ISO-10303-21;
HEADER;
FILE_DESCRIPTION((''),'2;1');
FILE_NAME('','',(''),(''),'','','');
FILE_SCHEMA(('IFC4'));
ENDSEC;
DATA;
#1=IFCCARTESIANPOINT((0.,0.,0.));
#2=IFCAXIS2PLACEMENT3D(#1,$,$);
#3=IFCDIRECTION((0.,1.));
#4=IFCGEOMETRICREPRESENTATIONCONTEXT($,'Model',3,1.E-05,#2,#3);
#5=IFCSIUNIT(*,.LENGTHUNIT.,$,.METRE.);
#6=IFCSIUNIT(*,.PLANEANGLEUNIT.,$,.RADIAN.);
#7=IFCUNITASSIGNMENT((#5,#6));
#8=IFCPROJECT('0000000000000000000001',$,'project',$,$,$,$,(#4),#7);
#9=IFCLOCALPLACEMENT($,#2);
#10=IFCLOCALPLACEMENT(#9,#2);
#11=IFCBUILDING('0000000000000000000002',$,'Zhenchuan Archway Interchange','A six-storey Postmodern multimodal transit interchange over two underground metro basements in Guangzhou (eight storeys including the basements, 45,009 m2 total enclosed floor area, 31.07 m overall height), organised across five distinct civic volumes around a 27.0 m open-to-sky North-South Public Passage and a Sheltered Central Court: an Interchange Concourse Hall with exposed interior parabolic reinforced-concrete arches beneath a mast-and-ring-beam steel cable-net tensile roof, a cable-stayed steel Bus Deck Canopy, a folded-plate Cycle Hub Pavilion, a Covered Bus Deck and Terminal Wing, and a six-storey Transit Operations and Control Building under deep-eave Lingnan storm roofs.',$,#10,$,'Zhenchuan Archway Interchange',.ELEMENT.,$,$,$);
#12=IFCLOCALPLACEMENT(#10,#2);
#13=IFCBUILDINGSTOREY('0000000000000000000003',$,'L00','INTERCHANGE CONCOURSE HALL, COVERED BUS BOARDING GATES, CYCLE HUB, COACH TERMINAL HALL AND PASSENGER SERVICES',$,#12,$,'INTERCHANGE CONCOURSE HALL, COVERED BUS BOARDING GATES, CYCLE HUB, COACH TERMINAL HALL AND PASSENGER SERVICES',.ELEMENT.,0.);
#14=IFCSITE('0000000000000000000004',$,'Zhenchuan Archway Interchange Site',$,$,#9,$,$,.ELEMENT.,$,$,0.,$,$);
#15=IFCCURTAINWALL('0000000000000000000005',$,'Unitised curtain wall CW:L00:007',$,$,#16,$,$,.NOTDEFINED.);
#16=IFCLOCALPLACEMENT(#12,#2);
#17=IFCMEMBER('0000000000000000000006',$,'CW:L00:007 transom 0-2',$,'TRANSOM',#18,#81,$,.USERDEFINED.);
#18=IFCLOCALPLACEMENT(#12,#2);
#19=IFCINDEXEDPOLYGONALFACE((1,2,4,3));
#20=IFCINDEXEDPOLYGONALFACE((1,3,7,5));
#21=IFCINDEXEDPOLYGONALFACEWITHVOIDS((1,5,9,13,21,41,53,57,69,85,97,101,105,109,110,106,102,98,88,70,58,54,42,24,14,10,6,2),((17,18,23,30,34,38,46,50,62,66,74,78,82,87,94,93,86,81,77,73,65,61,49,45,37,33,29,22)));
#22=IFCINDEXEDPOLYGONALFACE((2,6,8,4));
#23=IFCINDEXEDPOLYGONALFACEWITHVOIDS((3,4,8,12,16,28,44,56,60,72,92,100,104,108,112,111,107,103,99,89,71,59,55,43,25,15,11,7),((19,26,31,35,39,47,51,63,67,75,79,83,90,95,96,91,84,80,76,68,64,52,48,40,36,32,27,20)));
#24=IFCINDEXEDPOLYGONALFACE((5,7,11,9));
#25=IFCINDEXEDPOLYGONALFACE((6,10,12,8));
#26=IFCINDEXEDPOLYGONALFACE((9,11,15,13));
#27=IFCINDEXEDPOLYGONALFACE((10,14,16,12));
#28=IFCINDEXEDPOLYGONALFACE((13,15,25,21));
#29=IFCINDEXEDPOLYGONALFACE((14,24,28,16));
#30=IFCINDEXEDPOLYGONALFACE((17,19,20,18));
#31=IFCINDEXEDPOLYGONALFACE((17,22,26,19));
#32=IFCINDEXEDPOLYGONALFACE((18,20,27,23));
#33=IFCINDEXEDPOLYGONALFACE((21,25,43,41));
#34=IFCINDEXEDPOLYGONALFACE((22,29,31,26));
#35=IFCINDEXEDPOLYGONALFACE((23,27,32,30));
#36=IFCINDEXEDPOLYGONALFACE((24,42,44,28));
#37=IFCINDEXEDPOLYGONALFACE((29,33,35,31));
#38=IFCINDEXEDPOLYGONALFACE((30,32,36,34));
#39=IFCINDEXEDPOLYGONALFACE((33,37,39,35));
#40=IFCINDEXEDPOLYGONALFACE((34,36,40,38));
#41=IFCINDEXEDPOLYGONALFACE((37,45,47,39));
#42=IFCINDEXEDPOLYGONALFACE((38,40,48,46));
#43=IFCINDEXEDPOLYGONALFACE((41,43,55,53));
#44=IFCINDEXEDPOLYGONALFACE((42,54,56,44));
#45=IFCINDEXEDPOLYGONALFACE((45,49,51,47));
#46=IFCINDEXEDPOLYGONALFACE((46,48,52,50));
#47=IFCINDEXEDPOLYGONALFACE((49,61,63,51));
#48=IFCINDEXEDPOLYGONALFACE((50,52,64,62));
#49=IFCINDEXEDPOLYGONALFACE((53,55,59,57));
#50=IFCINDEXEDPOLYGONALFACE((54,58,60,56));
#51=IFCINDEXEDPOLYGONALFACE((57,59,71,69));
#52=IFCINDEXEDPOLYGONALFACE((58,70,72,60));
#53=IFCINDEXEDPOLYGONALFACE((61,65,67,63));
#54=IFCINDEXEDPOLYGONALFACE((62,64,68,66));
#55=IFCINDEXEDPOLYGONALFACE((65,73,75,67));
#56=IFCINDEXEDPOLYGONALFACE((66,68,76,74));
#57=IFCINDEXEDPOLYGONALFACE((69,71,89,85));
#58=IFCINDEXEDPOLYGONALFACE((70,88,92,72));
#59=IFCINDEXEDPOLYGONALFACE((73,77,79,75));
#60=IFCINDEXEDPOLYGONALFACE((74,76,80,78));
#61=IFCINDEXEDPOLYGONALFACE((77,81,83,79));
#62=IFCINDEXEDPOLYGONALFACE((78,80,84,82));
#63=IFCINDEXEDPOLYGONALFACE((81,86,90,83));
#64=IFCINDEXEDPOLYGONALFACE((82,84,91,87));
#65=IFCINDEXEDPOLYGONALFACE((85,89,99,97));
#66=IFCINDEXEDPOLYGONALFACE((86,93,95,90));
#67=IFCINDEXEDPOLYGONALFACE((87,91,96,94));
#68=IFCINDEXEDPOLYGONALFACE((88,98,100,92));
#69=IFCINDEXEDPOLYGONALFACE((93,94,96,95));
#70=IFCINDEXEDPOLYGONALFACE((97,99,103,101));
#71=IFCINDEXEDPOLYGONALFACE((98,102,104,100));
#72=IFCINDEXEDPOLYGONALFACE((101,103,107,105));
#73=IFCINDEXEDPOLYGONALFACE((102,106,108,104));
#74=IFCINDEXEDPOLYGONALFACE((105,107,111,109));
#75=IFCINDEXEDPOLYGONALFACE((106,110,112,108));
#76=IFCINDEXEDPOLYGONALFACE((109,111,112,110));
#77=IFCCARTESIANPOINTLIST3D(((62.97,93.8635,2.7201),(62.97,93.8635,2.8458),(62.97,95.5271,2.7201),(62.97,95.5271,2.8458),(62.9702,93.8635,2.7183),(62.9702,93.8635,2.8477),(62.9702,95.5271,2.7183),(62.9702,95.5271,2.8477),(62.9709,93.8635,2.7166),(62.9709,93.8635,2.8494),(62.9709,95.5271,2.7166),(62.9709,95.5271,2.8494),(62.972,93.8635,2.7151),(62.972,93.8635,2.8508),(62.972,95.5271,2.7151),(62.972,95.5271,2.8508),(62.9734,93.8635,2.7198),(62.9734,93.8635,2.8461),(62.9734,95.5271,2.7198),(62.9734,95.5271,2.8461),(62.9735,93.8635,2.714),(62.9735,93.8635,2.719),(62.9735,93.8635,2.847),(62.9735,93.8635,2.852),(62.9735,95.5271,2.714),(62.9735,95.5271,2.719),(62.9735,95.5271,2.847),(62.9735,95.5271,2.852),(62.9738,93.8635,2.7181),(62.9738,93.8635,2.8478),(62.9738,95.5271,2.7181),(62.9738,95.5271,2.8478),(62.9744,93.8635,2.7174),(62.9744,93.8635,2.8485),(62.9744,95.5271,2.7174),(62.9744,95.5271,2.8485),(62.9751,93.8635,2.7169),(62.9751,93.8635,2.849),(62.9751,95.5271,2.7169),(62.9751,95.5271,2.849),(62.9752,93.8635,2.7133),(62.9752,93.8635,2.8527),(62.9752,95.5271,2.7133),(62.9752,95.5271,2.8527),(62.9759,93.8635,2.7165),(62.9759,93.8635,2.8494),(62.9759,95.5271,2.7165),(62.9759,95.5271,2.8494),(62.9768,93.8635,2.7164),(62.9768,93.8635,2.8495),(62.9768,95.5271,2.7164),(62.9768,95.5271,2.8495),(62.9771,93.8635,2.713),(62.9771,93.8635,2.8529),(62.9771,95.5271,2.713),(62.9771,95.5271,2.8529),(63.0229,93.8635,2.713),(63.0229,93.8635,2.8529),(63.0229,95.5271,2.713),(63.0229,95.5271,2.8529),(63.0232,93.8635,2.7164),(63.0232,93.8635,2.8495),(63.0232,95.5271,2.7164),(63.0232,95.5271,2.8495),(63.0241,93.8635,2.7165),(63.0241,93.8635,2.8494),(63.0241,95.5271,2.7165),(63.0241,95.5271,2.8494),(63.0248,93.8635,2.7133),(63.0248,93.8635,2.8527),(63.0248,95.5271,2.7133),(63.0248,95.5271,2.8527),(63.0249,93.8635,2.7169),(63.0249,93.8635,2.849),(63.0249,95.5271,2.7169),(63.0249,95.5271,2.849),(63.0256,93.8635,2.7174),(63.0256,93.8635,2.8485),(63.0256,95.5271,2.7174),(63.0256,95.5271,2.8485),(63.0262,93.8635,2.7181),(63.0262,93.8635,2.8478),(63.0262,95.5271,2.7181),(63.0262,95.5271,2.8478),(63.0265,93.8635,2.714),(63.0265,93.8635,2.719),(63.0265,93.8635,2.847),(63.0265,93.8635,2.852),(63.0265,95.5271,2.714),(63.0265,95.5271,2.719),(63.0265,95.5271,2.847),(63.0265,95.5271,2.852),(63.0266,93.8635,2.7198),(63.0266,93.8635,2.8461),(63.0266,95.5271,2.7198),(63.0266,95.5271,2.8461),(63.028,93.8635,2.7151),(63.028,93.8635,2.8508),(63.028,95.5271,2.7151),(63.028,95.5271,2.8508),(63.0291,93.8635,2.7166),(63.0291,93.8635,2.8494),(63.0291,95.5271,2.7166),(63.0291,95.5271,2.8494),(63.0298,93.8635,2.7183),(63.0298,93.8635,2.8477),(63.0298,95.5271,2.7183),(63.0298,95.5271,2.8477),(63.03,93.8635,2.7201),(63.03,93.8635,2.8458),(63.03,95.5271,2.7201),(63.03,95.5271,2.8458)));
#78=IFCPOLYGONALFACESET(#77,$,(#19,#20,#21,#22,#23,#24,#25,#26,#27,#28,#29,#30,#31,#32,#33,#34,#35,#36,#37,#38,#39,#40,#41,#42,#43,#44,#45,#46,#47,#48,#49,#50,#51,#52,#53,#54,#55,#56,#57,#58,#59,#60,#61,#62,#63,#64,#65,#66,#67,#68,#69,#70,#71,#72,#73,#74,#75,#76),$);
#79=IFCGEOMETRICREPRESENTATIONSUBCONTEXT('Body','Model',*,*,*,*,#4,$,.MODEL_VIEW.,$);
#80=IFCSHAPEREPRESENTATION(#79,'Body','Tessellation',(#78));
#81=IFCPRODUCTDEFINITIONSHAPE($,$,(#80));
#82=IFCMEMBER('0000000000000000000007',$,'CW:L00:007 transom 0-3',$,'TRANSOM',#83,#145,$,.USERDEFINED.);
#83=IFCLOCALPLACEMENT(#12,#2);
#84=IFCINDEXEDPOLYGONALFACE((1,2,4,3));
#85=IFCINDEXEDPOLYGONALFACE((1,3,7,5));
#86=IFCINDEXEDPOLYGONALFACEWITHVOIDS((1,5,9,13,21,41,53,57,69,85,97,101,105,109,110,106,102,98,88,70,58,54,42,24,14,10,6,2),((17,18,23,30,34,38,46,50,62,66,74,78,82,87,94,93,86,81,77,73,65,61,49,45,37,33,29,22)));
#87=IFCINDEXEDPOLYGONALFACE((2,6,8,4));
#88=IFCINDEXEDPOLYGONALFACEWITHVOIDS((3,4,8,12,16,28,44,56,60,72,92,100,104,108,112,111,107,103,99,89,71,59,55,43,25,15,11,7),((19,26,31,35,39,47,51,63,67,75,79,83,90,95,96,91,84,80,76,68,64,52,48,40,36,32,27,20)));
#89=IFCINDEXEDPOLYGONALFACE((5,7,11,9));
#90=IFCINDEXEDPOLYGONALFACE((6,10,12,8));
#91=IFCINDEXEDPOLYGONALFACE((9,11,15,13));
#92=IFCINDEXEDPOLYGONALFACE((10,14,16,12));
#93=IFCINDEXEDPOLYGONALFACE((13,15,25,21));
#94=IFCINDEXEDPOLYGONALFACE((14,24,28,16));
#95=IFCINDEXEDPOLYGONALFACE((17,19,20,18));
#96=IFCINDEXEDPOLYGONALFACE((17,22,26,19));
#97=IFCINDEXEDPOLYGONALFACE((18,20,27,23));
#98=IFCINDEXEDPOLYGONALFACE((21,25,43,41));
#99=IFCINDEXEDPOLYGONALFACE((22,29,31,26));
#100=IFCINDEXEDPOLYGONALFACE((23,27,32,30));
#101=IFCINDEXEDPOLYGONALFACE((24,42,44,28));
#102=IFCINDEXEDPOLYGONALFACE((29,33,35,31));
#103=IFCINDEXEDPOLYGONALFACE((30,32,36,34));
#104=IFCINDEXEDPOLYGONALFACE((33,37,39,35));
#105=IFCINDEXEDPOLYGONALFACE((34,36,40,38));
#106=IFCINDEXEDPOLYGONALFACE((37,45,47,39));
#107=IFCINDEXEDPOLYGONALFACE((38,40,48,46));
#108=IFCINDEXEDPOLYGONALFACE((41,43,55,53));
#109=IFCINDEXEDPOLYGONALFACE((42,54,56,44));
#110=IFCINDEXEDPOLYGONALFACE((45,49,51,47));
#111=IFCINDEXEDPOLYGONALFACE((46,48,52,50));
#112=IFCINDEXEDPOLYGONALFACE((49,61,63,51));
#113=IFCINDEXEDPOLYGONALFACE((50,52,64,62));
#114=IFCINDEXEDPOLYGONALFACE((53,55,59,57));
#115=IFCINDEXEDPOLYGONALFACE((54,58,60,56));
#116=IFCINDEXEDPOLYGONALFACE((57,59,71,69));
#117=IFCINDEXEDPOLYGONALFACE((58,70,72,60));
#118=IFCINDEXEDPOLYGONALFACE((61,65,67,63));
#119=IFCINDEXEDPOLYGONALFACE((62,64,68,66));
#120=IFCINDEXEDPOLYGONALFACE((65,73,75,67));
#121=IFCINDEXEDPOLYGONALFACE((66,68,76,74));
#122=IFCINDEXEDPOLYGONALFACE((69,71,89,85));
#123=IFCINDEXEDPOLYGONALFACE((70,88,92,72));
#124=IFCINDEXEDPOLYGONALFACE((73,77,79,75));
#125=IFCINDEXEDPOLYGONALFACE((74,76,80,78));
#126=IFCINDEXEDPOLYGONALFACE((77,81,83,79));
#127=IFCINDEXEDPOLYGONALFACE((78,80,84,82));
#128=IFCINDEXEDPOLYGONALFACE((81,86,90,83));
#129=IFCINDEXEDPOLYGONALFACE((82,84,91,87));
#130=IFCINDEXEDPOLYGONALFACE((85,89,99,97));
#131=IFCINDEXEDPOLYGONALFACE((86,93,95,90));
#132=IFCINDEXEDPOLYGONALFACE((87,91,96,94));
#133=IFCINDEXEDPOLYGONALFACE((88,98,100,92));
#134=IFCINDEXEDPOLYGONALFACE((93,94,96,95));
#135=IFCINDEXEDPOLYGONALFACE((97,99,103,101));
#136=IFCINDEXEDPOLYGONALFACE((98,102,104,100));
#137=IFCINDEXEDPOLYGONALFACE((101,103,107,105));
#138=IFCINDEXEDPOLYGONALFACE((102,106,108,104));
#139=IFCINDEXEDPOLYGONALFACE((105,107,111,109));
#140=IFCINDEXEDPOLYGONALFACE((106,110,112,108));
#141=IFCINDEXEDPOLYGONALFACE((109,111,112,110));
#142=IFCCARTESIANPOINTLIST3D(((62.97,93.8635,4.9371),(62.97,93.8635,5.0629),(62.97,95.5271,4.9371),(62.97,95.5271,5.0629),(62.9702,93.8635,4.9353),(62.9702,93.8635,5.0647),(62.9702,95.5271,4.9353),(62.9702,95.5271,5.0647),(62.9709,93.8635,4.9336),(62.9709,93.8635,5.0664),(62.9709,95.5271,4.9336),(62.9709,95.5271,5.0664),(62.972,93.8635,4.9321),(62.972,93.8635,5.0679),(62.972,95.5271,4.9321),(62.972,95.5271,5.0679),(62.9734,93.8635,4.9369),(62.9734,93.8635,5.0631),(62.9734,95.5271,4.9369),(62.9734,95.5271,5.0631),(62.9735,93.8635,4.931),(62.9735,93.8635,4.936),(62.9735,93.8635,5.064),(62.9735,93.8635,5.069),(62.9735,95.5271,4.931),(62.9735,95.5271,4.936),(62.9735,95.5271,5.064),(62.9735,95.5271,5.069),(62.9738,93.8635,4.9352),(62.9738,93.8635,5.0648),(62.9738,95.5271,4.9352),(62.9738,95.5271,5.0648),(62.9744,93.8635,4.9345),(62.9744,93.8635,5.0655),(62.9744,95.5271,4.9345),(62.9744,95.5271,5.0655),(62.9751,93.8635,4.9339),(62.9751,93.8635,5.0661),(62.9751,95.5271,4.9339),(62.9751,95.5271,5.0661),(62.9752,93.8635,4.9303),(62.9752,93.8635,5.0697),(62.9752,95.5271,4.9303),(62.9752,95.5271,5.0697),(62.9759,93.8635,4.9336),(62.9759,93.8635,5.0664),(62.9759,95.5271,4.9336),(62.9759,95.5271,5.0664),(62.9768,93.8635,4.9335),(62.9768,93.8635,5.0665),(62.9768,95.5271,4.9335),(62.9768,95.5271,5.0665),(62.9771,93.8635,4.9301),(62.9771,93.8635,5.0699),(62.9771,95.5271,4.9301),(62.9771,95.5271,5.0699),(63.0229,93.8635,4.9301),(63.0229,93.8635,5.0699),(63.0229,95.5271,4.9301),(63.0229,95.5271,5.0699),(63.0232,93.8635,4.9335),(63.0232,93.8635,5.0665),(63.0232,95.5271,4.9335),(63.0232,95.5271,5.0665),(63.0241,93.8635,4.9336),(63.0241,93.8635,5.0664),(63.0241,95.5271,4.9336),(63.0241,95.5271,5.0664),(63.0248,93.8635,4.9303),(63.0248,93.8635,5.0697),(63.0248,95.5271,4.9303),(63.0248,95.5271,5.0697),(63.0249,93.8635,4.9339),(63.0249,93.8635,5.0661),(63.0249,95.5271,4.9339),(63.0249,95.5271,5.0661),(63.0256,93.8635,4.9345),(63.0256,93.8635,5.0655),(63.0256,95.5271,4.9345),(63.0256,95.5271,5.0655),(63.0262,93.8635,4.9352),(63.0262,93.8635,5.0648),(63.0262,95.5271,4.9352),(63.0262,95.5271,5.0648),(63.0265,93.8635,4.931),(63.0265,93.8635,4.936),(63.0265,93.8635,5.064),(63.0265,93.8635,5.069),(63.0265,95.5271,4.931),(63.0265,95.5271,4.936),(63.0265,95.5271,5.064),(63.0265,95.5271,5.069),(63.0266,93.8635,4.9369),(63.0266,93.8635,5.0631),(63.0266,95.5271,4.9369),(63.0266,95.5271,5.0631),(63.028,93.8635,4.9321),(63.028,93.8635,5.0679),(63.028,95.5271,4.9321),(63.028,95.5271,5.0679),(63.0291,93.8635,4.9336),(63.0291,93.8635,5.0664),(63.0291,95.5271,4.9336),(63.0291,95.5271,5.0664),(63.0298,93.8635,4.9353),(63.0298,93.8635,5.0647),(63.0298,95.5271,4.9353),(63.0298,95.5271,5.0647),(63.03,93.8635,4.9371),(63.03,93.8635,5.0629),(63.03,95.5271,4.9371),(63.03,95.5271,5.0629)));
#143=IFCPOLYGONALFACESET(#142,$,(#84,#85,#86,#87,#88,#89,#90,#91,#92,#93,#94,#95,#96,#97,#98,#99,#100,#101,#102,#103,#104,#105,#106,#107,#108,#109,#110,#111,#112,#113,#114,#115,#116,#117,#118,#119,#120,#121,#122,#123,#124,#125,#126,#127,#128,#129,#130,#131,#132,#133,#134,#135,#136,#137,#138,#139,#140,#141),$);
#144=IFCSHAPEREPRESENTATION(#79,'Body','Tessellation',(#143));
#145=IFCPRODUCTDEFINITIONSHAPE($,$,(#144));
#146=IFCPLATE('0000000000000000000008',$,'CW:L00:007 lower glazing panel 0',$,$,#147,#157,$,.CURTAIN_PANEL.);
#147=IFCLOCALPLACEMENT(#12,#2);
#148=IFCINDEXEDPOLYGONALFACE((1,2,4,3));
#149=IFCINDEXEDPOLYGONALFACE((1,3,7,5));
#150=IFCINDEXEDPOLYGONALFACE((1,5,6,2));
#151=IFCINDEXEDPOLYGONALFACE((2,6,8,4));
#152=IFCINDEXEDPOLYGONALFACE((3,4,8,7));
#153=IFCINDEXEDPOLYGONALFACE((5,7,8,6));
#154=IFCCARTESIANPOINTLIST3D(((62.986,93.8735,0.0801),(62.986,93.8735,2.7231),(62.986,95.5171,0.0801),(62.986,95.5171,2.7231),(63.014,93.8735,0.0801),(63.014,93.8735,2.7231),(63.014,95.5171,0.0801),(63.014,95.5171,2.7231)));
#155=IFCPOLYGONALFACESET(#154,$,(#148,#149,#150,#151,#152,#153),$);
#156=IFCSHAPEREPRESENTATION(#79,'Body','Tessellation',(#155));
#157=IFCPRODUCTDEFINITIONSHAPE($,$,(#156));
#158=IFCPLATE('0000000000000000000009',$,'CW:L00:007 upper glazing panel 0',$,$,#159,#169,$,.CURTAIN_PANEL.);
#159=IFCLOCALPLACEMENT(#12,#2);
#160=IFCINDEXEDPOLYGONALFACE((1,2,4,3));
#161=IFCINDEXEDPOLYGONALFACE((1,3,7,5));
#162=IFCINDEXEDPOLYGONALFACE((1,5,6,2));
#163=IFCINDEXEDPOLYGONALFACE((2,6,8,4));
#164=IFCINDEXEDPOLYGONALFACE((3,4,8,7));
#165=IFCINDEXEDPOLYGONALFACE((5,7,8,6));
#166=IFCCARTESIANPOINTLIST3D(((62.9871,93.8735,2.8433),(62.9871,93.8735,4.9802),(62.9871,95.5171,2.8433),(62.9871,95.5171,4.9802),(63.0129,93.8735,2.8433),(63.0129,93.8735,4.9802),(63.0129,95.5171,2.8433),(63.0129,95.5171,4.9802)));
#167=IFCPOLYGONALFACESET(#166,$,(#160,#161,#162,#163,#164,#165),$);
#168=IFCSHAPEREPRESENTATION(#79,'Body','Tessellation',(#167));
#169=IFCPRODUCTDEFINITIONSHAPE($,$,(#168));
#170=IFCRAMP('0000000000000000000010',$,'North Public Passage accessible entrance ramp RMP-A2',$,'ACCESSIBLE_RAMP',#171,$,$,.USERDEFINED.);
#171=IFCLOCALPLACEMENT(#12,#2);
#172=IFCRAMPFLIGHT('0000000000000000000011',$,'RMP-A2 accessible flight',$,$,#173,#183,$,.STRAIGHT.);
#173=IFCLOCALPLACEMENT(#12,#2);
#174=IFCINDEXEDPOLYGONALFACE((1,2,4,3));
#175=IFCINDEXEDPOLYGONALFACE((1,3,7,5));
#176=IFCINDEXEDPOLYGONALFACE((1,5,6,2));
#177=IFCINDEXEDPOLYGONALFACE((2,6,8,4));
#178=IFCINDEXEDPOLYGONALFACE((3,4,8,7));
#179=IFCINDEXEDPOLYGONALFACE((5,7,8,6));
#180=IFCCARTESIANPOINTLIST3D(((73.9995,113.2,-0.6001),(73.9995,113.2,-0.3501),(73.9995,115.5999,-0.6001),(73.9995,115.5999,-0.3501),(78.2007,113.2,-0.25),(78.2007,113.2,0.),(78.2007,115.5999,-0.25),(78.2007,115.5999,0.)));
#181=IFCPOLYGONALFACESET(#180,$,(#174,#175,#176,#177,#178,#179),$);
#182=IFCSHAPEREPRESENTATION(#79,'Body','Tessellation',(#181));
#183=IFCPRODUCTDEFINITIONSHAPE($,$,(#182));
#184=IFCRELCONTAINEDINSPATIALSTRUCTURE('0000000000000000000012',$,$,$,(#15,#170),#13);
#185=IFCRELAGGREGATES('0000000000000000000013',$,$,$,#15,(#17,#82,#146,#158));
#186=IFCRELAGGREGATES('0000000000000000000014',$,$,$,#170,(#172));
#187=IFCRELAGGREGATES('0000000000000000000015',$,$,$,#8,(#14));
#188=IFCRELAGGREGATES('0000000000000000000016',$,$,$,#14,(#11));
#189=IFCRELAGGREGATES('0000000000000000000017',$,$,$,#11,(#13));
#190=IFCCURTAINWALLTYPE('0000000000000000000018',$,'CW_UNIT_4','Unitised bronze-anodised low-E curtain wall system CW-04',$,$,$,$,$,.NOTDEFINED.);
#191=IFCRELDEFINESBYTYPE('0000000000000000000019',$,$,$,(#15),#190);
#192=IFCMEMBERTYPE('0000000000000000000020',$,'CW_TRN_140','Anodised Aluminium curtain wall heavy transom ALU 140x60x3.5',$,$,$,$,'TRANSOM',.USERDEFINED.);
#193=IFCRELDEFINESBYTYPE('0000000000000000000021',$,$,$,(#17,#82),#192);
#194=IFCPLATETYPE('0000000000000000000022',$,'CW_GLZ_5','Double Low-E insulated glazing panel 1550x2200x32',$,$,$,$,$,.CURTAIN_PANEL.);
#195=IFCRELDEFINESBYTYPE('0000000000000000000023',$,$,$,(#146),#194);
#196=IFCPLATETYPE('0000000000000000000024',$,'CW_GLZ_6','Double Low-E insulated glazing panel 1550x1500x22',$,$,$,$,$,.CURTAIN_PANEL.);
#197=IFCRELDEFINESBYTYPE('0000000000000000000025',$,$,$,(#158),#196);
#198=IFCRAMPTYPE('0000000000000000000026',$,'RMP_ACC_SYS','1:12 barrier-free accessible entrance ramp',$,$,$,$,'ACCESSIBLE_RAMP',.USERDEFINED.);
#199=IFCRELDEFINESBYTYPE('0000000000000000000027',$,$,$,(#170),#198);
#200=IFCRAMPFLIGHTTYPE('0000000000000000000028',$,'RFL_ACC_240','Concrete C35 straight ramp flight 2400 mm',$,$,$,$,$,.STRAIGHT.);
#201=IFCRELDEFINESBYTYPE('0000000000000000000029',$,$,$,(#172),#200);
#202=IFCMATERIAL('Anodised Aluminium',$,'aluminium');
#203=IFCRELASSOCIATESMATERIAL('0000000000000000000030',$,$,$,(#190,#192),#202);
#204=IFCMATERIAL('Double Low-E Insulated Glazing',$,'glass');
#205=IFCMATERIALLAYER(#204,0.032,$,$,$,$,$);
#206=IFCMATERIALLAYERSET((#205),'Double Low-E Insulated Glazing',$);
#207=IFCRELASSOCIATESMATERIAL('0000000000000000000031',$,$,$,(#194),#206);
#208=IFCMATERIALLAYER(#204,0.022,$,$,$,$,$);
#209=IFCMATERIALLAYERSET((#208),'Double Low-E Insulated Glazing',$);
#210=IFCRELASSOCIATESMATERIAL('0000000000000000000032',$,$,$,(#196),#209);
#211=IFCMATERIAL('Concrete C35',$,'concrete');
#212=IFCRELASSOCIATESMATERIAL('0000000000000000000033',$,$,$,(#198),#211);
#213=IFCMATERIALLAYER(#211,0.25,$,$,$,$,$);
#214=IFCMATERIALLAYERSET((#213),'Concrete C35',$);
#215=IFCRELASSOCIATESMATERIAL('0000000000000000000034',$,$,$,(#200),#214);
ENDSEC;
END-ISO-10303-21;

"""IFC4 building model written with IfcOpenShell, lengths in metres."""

from ifc_helpers import new_model, si_unit, direction, frame, origin, origin_2d, place, context, subcontext, project, spatial, polyline, rectangle, hollow_rectangle, outline, extrude, material, layer, layer_set, material_profile, profile_set, type_object, element, aggregate, save


model = new_model("IFC4")

# Units and contexts
model_context = context("Model", 3, precision=1e-05, world=origin(), true_north=direction((0.0, 1.0)))
body_context = subcontext(model_context, "Body", "Model", "MODEL_VIEW")
ifc_project = project(units=[si_unit("LENGTHUNIT", "METRE"), si_unit("PLANEANGLEUNIT", "RADIAN")], contexts=[model_context])

# Site, building, storey
site_placement = place(None, origin())
site = spatial("IfcSite", under=ifc_project, at=site_placement, Name="Zhenchuan Archway Interchange Site", CompositionType="ELEMENT", RefElevation=0.0)
building_placement = place(site_placement, origin())
building = spatial("IfcBuilding", under=site, at=building_placement, Name="Zhenchuan Archway Interchange", Description="A six-storey Postmodern multimodal transit interchange over two underground metro basements in Guangzhou (eight storeys including the basements, 45,009 m2 total enclosed floor area, 31.07 m overall height), organised across five distinct civic volumes around a 27.0 m open-to-sky North-South Public Passage and a Sheltered Central Court: an Interchange Concourse Hall with exposed interior parabolic reinforced-concrete arches beneath a mast-and-ring-beam steel cable-net tensile roof, a cable-stayed steel Bus Deck Canopy, a folded-plate Cycle Hub Pavilion, a Covered Bus Deck and Terminal Wing, and a six-storey Transit Operations and Control Building under deep-eave Lingnan storm roofs.", LongName="Zhenchuan Archway Interchange", CompositionType="ELEMENT")
storey_placement = place(building_placement, origin())
storey = spatial("IfcBuildingStorey", under=building, at=storey_placement, Name="L00", Description="INTERCHANGE CONCOURSE HALL, COVERED BUS BOARDING GATES, CYCLE HUB, COACH TERMINAL HALL AND PASSENGER SERVICES", LongName="INTERCHANGE CONCOURSE HALL, COVERED BUS BOARDING GATES, CYCLE HUB, COACH TERMINAL HALL AND PASSENGER SERVICES", CompositionType="ELEMENT", Elevation=0.0)

# Shared definitions
ifc_material_1 = material(Name="Concrete C35", Category="concrete")

# Curtain wall, members, plates
ifc_material_2 = material(Name="Anodised Aluminium", Category="aluminium")
curtain_wall_type = type_object("IfcCurtainWallType", Name="CW_UNIT_4", Description="Unitised bronze-anodised low-E curtain wall system CW-04", PredefinedType="NOTDEFINED", material=ifc_material_2)
curtain_wall_placement = place(storey_placement, origin())
curtain_wall = element("IfcCurtainWall", 1, at=curtain_wall_placement, inside=storey, type_object=curtain_wall_type, Name="Unitised curtain wall CW:L00:007", PredefinedType="NOTDEFINED")
ifc_material_profile_1 = material_profile(ifc_material_2, hollow_rectangle(XDim=0.0601, YDim=0.1399, WallThickness=0.0034, InnerFilletRadius=0.0034, OuterFilletRadius=0.0071, at=origin_2d()), Name="ALU 140x60x3.5")
ifc_profile_set_1 = profile_set([ifc_material_profile_1], Name="Anodised Aluminium")
member_type_1 = type_object("IfcMemberType", Name="CW_TRN_140", Description="Anodised Aluminium curtain wall heavy transom ALU 140x60x3.5", ElementType="TRANSOM", PredefinedType="USERDEFINED", material=ifc_profile_set_1)
member_1_placement = place(storey_placement, frame((63.0, 95.5271, 2.783), z_axis=(0.0, -1.0, 0.0), x_axis=(1.0, 0.0, 0.0)))
member_1 = element("IfcMember", 2, at=member_1_placement, type_object=member_type_1, Name="CW:L00:007 transom 0-2", ObjectType="TRANSOM", PredefinedType="USERDEFINED", context=body_context, shape_type="SweptSolid", body=[
    extrude(hollow_rectangle(XDim=0.0601, YDim=0.1399, WallThickness=0.0034, InnerFilletRadius=0.0034, OuterFilletRadius=0.0071, at=origin_2d()), origin(), (0.0, 0.0, 1.0), 1.6636),
])
member_2_placement = place(storey_placement, frame((63.0, 95.5271, 5.0), z_axis=(0.0, -1.0, 0.0), x_axis=(1.0, 0.0, 0.0)))
member_2 = element("IfcMember", 3, at=member_2_placement, type_object=member_type_1, Name="CW:L00:007 transom 0-3", ObjectType="TRANSOM", PredefinedType="USERDEFINED", context=body_context, shape_type="SweptSolid", body=[
    extrude(hollow_rectangle(XDim=0.0601, YDim=0.1399, WallThickness=0.0034, InnerFilletRadius=0.0034, OuterFilletRadius=0.0071, at=origin_2d()), origin(), (0.0, 0.0, 1.0), 1.6636),
])
ifc_material_3 = material(Name="Double Low-E Insulated Glazing", Category="glass")
ifc_layer_1 = layer(ifc_material_3, 0.032)
ifc_layer_set_1 = layer_set([ifc_layer_1], Name="Double Low-E Insulated Glazing")
plate_type_1 = type_object("IfcPlateType", Name="CW_GLZ_5", Description="Double Low-E insulated glazing panel 1550x2200x32", PredefinedType="CURTAIN_PANEL", material=ifc_layer_set_1)
plate_1_placement = place(storey_placement, frame((63.0, 94.6953, 0.0801), z_axis=(0.0, 0.0, 1.0), x_axis=(0.0, -1.0, 0.0)))
plate_1 = element("IfcPlate", 4, at=plate_1_placement, type_object=plate_type_1, Name="CW:L00:007 lower glazing panel 0", PredefinedType="CURTAIN_PANEL", context=body_context, shape_type="SweptSolid", body=[
    extrude(rectangle(XDim=1.6436, YDim=0.0281, at=origin_2d()), origin(), (0.0, 0.0, 1.0), 2.6431),
])
ifc_layer_2 = layer(ifc_material_3, 0.022)
ifc_layer_set_2 = layer_set([ifc_layer_2], Name="Double Low-E Insulated Glazing")
plate_type_2 = type_object("IfcPlateType", Name="CW_GLZ_6", Description="Double Low-E insulated glazing panel 1550x1500x22", PredefinedType="CURTAIN_PANEL", material=ifc_layer_set_2)
plate_2_placement = place(storey_placement, frame((63.0, 94.6953, 2.8433), z_axis=(0.0, 0.0, 1.0), x_axis=(0.0, -1.0, 0.0)))
plate_2 = element("IfcPlate", 5, at=plate_2_placement, type_object=plate_type_2, Name="CW:L00:007 upper glazing panel 0", PredefinedType="CURTAIN_PANEL", context=body_context, shape_type="SweptSolid", body=[
    extrude(rectangle(XDim=1.6436, YDim=0.0259, at=origin_2d()), origin(), (0.0, 0.0, 1.0), 2.137),
])
aggregate(curtain_wall, [member_1, member_2, plate_1, plate_2])

# Ramp, ramp flight
ramp_type = type_object("IfcRampType", Name="RMP_ACC_SYS", Description="1:12 barrier-free accessible entrance ramp", ElementType="ACCESSIBLE_RAMP", PredefinedType="USERDEFINED", material=ifc_material_1)
ramp_placement = place(storey_placement, origin())
ramp = element("IfcRamp", 6, at=ramp_placement, inside=storey, type_object=ramp_type, Name="North Public Passage accessible entrance ramp RMP-A2", ObjectType="ACCESSIBLE_RAMP", PredefinedType="USERDEFINED")
ifc_layer_3 = layer(ifc_material_1, 0.25)
ifc_layer_set_3 = layer_set([ifc_layer_3], Name="Concrete C35")
ramp_flight_type = type_object("IfcRampFlightType", Name="RFL_ACC_240", Description="Concrete C35 straight ramp flight 2400 mm", PredefinedType="STRAIGHT", material=ifc_layer_set_3)
ramp_flight_placement = place(storey_placement, frame((73.9995, 114.3999, -0.3501), z_axis=(0.0, 0.0, 1.0), x_axis=(1.0, 0.0, 0.0)))
ramp_flight = element("IfcRampFlight", 7, at=ramp_flight_placement, type_object=ramp_flight_type, Name="RMP-A2 accessible flight", PredefinedType="STRAIGHT", context=body_context, shape_type="SweptSolid", body=[
    extrude(outline(polyline([(0.0, 0.0), (4.2012, 0.3501), (4.2012, 0.1001), (0.0, -0.25), (0.0, 0.0)])), frame((0.0, 1.2, 0.0), z_axis=(0.0, -1.0, 0.0), x_axis=(1.0, 0.0, 0.0)), (0.0, 0.0, 1.0), 2.3999),
])
aggregate(ramp, [ramp_flight])

save(model, "model.ifc")
